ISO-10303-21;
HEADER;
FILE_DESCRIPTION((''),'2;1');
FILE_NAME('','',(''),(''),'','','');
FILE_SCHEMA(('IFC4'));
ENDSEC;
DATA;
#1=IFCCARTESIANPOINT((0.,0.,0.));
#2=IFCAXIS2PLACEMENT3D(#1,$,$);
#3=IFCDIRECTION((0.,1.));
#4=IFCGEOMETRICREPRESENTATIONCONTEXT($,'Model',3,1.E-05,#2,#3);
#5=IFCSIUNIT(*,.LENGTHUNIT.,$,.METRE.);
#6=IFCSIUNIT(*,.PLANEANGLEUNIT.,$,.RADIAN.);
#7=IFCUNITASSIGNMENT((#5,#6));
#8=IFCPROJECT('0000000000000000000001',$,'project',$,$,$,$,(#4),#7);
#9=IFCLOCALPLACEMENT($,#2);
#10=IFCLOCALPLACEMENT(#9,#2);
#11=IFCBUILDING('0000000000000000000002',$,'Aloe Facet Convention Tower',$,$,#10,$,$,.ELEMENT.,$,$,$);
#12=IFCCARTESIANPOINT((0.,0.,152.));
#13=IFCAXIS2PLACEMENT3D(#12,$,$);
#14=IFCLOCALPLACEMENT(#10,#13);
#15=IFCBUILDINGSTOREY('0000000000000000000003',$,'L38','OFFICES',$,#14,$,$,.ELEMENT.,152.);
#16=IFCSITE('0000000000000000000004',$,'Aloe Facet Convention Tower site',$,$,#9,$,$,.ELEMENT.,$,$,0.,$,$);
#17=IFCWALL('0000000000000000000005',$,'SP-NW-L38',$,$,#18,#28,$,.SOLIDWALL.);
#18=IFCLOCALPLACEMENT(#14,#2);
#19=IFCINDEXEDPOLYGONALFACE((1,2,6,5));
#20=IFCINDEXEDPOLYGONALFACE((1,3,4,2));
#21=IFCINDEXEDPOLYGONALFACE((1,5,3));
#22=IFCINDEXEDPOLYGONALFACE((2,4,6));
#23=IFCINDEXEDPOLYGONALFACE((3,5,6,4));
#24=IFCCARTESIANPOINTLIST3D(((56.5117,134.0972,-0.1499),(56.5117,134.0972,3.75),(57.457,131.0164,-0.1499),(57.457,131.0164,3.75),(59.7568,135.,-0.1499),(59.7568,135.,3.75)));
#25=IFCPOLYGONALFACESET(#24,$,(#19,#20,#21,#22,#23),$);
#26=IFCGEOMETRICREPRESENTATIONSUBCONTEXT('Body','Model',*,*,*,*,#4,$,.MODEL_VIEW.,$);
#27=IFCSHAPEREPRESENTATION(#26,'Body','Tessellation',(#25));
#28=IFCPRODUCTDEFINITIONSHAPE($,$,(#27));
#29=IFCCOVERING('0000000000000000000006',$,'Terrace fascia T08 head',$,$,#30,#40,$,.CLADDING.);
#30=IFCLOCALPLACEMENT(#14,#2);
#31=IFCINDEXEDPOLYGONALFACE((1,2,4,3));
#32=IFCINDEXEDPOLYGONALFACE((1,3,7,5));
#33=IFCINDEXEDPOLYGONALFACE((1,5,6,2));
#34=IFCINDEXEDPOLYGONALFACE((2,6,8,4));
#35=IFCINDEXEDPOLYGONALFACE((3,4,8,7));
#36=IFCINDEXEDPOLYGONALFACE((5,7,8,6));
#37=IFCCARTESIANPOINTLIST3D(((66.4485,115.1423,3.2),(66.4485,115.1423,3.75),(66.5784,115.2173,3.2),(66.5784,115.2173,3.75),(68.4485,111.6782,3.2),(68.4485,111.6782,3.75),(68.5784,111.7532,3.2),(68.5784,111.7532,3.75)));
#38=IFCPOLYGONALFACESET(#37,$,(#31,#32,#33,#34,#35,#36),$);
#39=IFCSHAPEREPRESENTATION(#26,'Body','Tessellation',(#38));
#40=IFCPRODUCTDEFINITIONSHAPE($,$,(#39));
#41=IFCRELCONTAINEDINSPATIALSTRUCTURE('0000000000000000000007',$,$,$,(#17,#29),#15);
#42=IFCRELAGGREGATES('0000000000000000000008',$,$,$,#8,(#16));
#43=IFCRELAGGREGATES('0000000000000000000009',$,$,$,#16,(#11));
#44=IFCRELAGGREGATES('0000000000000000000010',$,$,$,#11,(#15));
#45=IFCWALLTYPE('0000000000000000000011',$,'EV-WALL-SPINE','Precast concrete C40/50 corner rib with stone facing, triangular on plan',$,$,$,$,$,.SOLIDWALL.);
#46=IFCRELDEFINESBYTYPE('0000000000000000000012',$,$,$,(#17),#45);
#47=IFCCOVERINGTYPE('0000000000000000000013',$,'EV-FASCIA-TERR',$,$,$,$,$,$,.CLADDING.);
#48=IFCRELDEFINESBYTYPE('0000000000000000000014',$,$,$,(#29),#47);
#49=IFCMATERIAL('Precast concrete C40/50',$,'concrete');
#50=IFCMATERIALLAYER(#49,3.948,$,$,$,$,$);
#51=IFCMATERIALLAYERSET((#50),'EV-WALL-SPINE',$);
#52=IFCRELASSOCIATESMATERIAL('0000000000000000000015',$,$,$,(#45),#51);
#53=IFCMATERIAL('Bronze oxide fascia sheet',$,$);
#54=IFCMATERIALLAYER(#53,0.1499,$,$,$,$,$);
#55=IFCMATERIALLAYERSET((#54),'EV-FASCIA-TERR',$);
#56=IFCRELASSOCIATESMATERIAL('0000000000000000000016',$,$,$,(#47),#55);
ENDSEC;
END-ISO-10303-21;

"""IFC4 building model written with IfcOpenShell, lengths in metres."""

from ifc_helpers import new_model, si_unit, direction, frame, origin, place, context, subcontext, project, spatial, polyline, outline, extrude, material, layer, layer_set, type_object, element, save


model = new_model("IFC4")

# Units and contexts
model_context = context("Model", 3, precision=1e-05, world=origin(), true_north=direction((0.0, 1.0)))
body_context = subcontext(model_context, "Body", "Model", "MODEL_VIEW")
ifc_project = project(units=[si_unit("LENGTHUNIT", "METRE"), si_unit("PLANEANGLEUNIT", "RADIAN")], contexts=[model_context])

# Site, building, storey
site_placement = place(None, origin())
site = spatial("IfcSite", under=ifc_project, at=site_placement, Name="Aloe Facet Convention Tower site", CompositionType="ELEMENT", RefElevation=0.0)
building_placement = place(site_placement, origin())
building = spatial("IfcBuilding", under=site, at=building_placement, Name="Aloe Facet Convention Tower", CompositionType="ELEMENT")
storey_placement = place(building_placement, frame((0.0, 0.0, 152.0)))
storey = spatial("IfcBuildingStorey", under=building, at=storey_placement, Name="L38", Description="OFFICES", CompositionType="ELEMENT", Elevation=152.0)

# Wall
ifc_material_1 = material(Name="Precast concrete C40/50", Category="concrete")
ifc_layer_1 = layer(ifc_material_1, 3.948)
ifc_layer_set_1 = layer_set([ifc_layer_1], Name="EV-WALL-SPINE")
wall_type_1 = type_object("IfcWallType", Name="EV-WALL-SPINE", Description="Precast concrete C40/50 corner rib with stone facing, triangular on plan", PredefinedType="SOLIDWALL", material=ifc_layer_set_1)
wall_1_placement = place(storey_placement, frame((0.0, 0.0, -0.1499)))
element("IfcWall", 1, at=wall_1_placement, inside=storey, type_object=wall_type_1, Name="SP-NW-L38", PredefinedType="SOLIDWALL", context=body_context, shape_type="SweptSolid", body=[
    extrude(outline(polyline([(59.7568, 135.0), (56.5117, 134.0972), (57.457, 131.0164), (59.7568, 135.0)])), origin(), (0.0, 0.0, 1.0), 3.8999),
])

# Covering
ifc_material_2 = material(Name="Bronze oxide fascia sheet")
ifc_layer_2 = layer(ifc_material_2, 0.1499)
ifc_layer_set_2 = layer_set([ifc_layer_2], Name="EV-FASCIA-TERR")
covering_type = type_object("IfcCoveringType", Name="EV-FASCIA-TERR", PredefinedType="CLADDING", material=ifc_layer_set_2)
covering_placement = place(storey_placement, frame((0.0, 0.0, 3.2)))
element("IfcCovering", 2, at=covering_placement, inside=storey, type_object=covering_type, Name="Terrace fascia T08 head", PredefinedType="CLADDING", context=body_context, shape_type="SweptSolid", body=[
    extrude(outline(polyline([(66.4485, 115.1423), (68.4485, 111.6782), (68.5784, 111.7532), (66.5784, 115.2173), (66.4485, 115.1423)])), origin(), (0.0, 0.0, 1.0), 0.55),
])

save(model, "model.ifc")
